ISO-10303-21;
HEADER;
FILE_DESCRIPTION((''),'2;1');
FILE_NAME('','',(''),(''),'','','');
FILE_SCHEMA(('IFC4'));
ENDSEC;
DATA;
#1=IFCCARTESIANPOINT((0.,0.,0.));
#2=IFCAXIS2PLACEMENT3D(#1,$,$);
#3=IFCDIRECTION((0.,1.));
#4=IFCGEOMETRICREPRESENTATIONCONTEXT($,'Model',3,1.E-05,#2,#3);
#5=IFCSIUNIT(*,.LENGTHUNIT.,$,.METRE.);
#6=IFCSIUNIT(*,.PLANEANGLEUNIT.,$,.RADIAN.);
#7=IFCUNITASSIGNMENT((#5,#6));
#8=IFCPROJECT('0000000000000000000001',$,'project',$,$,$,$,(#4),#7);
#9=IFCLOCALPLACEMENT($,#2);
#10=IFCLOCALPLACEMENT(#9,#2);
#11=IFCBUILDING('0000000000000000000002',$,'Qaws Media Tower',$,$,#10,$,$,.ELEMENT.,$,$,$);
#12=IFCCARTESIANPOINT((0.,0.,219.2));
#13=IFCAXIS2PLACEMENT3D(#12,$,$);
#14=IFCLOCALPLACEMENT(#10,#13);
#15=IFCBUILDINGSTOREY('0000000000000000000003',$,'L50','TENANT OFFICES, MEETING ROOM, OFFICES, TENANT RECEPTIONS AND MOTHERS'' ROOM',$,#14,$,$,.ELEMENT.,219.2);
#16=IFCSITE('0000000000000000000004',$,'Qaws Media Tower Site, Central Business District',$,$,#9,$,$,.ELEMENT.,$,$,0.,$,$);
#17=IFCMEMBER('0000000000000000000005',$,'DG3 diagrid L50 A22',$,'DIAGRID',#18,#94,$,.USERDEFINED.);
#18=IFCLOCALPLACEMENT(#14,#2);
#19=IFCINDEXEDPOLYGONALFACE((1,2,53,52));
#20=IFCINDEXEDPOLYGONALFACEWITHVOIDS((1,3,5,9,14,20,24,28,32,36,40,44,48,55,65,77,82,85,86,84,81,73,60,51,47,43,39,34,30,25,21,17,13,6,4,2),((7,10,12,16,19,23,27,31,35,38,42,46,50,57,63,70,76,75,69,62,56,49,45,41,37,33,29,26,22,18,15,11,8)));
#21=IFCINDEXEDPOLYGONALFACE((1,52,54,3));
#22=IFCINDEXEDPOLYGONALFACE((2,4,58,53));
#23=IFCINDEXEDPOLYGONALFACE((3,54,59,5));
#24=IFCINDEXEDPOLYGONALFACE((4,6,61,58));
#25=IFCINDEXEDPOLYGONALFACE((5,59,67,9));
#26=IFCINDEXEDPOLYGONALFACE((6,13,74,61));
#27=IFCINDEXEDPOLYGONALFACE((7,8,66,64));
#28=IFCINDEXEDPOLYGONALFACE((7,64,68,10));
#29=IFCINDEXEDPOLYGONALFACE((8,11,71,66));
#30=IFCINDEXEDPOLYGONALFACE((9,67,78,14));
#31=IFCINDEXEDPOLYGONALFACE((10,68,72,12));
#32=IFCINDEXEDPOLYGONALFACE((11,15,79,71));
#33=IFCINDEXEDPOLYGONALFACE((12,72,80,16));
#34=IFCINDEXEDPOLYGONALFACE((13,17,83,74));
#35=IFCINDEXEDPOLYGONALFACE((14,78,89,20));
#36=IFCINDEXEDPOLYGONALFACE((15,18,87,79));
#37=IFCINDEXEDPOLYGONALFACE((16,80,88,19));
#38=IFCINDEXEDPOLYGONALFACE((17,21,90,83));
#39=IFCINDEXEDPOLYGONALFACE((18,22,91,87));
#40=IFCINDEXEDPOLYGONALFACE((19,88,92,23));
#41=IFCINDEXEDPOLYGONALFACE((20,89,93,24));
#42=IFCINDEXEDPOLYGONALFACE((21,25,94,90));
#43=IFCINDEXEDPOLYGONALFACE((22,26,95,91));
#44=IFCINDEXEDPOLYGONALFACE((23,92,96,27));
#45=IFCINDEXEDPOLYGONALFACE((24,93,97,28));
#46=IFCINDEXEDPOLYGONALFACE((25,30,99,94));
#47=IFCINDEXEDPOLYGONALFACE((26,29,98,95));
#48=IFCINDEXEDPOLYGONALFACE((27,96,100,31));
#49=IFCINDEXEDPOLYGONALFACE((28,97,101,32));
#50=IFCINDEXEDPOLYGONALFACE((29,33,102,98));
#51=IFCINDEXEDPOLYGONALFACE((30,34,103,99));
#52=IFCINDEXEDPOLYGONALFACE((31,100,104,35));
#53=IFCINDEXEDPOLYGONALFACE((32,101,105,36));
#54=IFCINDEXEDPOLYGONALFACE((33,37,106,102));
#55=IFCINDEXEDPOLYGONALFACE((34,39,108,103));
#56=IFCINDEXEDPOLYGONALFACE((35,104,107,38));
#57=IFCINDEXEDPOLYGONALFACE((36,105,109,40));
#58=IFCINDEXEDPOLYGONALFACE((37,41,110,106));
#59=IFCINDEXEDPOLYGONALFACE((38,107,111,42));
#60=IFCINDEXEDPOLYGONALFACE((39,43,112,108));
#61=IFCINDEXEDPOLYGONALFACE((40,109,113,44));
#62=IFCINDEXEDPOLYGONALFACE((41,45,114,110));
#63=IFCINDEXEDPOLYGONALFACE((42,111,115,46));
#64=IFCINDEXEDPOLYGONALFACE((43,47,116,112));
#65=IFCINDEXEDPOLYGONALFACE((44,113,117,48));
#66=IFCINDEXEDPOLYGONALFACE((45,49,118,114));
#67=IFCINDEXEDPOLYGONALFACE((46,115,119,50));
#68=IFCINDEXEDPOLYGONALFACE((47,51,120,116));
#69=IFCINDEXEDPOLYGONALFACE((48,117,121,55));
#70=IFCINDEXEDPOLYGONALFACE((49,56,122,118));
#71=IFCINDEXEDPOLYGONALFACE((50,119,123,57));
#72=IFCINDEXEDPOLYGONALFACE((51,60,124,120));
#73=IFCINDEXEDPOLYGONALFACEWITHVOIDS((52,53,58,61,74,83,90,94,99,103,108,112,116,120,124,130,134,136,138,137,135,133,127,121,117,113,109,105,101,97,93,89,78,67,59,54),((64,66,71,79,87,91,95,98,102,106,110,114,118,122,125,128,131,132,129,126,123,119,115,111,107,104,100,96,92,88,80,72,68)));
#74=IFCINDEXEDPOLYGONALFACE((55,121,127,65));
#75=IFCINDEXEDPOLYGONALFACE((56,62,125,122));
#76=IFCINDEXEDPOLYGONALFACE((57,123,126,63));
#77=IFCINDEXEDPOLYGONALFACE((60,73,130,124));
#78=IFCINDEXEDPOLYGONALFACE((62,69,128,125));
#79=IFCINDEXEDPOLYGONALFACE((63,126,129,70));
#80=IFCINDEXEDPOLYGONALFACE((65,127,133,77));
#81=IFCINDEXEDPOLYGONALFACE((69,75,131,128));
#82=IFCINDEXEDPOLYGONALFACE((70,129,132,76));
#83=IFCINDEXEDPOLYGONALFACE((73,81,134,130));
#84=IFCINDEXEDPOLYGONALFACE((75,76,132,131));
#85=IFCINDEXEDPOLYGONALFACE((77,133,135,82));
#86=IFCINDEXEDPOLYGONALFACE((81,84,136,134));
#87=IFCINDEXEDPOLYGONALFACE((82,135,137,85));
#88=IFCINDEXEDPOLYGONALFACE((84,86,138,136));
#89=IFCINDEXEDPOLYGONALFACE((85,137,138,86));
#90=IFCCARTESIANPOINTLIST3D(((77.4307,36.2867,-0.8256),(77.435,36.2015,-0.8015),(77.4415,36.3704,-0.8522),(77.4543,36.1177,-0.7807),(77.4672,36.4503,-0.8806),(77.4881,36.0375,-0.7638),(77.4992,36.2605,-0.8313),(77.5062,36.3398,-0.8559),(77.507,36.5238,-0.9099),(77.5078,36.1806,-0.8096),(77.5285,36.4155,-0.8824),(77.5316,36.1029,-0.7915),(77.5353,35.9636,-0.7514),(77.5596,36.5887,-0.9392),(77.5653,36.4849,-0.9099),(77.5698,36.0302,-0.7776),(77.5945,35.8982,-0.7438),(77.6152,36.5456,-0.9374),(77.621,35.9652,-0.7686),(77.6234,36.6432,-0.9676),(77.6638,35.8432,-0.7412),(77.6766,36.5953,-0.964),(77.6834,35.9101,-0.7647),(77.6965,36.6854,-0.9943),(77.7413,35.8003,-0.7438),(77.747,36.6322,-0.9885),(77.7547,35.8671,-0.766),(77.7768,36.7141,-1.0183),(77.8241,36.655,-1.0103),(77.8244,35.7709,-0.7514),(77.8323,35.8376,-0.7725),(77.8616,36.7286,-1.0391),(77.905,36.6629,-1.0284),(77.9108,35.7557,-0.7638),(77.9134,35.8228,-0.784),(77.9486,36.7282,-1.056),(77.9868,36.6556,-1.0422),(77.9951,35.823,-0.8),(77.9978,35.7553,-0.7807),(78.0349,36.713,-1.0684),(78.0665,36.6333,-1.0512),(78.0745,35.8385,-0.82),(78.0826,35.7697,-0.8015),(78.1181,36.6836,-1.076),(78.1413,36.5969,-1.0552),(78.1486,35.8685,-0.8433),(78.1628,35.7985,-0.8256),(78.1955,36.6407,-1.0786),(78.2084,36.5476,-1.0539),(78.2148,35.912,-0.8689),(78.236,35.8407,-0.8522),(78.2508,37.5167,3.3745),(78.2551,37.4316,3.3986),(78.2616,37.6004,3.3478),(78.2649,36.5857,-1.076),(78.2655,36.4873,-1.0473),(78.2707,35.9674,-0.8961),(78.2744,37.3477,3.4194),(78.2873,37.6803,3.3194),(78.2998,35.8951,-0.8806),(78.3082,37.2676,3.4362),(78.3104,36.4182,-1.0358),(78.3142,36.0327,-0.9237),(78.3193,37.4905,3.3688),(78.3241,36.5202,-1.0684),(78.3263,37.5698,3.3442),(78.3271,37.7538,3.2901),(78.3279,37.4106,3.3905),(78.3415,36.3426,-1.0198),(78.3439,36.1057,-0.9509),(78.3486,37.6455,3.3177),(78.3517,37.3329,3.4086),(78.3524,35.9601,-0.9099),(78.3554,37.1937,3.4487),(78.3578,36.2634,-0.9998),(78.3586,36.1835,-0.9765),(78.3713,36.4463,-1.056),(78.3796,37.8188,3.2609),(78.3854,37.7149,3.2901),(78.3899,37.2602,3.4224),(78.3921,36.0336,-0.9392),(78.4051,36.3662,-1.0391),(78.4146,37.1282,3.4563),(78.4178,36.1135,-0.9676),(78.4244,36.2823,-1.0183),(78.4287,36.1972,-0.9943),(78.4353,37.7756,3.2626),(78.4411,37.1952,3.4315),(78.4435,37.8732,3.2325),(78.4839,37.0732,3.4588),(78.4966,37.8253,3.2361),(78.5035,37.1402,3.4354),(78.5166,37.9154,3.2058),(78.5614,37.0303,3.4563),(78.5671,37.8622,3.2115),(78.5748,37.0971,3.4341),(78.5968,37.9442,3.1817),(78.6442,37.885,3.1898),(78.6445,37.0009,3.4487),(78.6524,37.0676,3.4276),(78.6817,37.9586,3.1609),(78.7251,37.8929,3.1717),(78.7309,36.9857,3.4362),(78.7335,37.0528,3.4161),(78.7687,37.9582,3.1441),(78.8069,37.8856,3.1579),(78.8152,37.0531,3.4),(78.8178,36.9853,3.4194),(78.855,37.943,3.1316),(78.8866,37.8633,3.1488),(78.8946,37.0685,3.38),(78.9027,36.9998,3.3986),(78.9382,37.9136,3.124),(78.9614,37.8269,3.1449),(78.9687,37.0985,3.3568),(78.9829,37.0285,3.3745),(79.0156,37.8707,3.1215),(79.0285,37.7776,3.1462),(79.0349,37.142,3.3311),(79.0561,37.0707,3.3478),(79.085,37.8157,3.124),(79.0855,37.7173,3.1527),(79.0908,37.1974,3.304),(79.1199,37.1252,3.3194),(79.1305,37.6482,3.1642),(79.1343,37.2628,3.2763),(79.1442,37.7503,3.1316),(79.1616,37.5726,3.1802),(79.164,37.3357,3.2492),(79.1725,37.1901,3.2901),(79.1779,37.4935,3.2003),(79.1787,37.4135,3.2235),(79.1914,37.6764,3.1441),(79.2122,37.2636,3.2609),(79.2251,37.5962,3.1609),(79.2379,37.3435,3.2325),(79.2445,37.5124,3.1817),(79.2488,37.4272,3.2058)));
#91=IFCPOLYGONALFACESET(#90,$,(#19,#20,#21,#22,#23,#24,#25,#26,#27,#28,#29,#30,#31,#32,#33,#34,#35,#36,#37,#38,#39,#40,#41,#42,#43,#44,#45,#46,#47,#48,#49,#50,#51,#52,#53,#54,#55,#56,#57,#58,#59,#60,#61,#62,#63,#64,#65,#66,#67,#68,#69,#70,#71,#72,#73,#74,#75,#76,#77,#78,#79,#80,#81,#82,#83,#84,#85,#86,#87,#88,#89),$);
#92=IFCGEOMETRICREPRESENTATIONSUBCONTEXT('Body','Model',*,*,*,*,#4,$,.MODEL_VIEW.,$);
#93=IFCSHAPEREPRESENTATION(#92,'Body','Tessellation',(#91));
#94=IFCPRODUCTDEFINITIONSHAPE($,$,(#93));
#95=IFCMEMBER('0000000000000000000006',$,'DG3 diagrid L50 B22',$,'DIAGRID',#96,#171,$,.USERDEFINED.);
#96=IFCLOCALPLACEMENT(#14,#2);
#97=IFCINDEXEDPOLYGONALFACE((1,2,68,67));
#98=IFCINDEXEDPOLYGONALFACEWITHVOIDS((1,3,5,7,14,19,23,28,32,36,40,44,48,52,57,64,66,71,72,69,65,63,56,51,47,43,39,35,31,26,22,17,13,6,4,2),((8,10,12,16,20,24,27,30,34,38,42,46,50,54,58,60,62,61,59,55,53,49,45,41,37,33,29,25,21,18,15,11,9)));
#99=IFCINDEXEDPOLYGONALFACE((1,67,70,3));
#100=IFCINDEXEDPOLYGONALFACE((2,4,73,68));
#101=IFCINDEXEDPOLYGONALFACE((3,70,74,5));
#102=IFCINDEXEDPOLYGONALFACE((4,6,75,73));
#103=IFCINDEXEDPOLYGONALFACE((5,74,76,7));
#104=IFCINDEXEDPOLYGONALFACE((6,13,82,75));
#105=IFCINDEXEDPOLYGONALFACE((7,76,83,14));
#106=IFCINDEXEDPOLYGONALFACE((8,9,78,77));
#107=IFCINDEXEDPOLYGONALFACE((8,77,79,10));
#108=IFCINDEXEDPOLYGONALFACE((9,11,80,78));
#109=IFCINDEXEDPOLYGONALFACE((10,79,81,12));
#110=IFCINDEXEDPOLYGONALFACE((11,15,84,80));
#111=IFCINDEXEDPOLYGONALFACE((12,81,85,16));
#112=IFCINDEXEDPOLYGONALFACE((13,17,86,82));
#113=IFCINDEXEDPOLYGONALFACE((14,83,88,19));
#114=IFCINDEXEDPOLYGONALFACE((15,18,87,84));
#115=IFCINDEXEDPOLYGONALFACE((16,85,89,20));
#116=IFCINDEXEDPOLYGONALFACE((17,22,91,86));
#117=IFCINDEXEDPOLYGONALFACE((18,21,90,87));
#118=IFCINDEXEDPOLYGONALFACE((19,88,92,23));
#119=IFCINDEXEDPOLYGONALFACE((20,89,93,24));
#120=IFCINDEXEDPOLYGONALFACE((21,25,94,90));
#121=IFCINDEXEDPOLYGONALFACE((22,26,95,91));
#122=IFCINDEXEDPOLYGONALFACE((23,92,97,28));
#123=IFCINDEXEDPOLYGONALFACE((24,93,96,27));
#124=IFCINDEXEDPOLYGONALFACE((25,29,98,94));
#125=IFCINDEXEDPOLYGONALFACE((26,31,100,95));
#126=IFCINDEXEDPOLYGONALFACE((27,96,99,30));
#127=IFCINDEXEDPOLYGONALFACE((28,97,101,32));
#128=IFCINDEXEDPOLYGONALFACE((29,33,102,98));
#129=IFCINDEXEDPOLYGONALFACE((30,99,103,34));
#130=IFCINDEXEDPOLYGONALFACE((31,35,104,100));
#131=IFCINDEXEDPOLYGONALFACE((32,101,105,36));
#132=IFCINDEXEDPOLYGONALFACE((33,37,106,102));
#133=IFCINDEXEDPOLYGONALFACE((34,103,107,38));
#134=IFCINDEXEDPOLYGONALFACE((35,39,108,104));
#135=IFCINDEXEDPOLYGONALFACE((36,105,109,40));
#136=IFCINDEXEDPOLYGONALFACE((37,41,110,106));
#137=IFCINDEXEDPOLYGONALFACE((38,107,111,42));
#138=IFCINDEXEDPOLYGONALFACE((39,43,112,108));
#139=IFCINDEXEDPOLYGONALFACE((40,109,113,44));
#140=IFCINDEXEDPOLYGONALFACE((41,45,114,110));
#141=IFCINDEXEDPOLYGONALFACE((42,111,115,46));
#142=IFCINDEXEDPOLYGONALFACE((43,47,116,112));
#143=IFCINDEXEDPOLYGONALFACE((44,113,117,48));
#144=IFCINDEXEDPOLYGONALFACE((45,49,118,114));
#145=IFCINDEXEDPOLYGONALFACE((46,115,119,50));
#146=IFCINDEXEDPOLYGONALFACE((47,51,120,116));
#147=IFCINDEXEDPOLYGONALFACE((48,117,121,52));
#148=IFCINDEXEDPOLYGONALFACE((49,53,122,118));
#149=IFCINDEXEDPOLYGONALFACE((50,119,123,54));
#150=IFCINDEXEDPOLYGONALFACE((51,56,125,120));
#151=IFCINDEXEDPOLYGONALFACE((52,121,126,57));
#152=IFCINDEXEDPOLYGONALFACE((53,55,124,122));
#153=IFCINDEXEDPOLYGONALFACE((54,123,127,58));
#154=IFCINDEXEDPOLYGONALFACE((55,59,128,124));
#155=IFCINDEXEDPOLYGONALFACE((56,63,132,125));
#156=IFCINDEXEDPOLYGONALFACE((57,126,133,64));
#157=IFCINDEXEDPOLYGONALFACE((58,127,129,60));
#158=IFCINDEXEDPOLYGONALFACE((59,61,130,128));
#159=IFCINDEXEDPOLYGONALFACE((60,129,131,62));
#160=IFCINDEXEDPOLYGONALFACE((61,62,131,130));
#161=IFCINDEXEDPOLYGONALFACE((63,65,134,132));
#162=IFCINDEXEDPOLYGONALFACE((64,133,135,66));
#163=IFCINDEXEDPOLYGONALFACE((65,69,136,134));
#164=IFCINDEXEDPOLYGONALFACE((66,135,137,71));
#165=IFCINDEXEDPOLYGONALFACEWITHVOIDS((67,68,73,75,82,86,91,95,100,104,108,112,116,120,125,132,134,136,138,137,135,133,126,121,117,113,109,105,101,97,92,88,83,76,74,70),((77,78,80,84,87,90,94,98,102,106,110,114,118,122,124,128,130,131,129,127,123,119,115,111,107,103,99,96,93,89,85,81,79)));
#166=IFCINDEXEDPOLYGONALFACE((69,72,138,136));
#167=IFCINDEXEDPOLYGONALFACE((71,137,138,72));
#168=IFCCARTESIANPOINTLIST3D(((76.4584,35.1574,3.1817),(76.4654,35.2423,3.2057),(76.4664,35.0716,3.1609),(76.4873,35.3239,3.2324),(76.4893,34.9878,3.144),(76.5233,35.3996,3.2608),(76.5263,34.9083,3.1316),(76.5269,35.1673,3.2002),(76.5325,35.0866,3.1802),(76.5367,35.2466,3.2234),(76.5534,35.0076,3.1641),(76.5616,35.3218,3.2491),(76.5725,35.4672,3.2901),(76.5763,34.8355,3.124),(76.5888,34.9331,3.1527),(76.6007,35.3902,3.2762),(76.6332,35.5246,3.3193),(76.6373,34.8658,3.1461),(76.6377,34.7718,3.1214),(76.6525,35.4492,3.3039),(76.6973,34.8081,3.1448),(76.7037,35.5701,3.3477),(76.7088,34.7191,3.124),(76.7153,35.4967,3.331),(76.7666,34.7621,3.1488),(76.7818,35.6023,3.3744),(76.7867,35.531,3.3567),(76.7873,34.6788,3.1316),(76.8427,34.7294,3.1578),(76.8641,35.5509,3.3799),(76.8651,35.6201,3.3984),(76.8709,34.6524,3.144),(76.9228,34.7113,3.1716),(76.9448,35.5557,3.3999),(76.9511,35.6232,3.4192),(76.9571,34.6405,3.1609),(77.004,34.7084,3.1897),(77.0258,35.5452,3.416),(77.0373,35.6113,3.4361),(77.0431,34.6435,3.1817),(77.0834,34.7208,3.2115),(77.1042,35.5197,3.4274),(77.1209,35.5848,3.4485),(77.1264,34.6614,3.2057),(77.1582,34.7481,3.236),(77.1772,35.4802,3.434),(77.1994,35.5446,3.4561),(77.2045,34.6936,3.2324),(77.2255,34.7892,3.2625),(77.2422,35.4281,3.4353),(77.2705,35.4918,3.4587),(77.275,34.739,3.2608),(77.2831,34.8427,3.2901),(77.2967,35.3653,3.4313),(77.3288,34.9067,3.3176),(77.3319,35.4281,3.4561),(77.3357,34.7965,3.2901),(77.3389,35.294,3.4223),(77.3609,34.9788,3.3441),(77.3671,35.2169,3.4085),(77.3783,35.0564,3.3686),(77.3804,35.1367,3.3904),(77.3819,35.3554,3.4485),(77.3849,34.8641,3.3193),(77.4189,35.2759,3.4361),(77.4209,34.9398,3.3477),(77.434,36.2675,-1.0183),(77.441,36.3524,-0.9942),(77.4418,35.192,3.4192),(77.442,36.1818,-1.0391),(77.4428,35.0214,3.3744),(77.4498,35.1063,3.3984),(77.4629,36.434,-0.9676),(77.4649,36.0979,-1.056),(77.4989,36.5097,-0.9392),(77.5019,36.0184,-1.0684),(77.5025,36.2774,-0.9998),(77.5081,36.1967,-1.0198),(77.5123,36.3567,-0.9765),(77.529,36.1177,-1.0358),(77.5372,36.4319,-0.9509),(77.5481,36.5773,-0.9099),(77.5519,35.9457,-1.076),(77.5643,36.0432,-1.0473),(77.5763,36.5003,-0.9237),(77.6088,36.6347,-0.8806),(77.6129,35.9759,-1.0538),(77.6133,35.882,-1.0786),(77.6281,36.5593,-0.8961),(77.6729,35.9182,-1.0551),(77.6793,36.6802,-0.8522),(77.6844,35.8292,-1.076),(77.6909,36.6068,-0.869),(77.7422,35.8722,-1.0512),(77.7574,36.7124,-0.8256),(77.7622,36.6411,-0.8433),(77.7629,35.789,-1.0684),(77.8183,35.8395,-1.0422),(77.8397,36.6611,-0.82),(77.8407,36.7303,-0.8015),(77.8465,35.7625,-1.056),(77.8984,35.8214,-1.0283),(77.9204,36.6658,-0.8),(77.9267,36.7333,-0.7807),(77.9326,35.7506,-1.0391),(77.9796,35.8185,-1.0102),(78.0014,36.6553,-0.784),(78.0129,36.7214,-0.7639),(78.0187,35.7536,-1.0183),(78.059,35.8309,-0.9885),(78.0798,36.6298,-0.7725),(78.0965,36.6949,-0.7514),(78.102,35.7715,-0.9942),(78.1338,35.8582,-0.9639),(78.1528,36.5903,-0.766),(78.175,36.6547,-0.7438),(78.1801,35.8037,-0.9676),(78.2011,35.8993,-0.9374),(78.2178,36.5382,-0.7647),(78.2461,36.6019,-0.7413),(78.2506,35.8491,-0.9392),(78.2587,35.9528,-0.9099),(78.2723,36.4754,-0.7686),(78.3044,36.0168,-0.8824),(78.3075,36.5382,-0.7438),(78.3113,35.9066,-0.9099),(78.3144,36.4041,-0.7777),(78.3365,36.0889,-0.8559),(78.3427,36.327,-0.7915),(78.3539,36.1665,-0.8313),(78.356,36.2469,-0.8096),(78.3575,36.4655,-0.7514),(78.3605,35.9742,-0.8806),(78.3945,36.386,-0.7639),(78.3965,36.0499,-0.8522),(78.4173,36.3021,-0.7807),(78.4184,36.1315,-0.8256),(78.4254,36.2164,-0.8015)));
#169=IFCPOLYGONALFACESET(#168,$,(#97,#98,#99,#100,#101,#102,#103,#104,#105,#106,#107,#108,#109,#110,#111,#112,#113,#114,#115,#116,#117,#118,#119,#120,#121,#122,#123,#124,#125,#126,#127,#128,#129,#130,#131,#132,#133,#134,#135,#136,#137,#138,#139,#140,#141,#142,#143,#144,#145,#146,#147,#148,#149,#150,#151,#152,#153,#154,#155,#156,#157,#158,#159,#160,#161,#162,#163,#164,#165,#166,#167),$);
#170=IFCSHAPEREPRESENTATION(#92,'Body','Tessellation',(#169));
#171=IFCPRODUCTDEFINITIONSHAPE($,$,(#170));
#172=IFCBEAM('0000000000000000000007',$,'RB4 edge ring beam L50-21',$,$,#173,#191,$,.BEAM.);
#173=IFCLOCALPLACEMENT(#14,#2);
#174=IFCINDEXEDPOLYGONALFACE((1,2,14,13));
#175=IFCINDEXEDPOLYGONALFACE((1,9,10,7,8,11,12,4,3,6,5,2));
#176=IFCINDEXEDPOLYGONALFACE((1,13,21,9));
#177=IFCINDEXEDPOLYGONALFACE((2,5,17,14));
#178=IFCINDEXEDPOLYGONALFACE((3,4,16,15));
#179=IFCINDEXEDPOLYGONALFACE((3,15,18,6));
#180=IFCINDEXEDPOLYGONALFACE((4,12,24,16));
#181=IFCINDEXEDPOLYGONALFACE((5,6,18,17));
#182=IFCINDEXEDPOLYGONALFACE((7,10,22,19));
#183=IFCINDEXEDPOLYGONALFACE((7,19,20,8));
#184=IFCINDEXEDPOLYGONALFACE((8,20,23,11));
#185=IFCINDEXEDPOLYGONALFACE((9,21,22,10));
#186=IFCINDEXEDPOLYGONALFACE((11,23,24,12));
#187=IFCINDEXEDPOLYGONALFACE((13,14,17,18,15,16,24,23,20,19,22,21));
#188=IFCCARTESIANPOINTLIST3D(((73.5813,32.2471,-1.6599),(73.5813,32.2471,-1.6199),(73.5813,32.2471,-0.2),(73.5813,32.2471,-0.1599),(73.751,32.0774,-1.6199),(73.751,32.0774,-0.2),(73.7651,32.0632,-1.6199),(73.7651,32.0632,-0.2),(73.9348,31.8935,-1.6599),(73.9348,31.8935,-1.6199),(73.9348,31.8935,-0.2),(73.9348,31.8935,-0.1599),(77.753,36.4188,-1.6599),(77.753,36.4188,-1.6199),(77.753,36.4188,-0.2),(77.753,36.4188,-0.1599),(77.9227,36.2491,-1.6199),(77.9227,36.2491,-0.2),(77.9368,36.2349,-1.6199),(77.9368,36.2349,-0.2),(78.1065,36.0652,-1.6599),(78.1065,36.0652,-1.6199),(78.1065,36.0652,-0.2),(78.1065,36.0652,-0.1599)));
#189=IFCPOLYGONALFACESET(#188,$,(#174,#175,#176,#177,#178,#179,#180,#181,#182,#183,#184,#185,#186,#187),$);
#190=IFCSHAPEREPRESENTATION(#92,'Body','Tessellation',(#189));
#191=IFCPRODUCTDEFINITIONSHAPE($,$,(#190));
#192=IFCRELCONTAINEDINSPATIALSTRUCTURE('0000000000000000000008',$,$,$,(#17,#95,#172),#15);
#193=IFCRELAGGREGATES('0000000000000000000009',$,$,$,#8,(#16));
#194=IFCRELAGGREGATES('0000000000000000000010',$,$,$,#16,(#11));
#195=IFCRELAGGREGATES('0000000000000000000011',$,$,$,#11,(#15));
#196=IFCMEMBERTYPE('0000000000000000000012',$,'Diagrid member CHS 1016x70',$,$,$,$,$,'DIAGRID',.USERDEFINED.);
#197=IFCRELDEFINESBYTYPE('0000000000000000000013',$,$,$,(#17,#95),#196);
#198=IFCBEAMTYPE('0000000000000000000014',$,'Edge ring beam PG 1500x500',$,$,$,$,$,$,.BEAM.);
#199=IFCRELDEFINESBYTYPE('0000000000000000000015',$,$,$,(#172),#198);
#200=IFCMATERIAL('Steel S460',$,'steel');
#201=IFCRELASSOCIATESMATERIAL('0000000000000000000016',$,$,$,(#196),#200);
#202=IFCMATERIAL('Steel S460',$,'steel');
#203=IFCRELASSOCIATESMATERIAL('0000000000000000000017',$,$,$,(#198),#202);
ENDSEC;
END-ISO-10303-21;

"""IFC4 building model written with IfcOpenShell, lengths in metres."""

from ifc_helpers import new_model, si_unit, direction, frame, origin, origin_2d, place, context, subcontext, project, spatial, hollow_circle, i_section, extrude, material, material_profile, profile_set, type_object, element, save


model = new_model("IFC4")

# Units and contexts
model_context = context("Model", 3, precision=1e-05, world=origin(), true_north=direction((0.0, 1.0)))
body_context = subcontext(model_context, "Body", "Model", "MODEL_VIEW")
ifc_project = project(units=[si_unit("LENGTHUNIT", "METRE"), si_unit("PLANEANGLEUNIT", "RADIAN")], contexts=[model_context])

# Site, building, storey
site_placement = place(None, origin())
site = spatial("IfcSite", under=ifc_project, at=site_placement, Name="Qaws Media Tower Site, Central Business District", CompositionType="ELEMENT", RefElevation=0.0)
building_placement = place(site_placement, origin())
building = spatial("IfcBuilding", under=site, at=building_placement, Name="Qaws Media Tower", CompositionType="ELEMENT")
storey_placement = place(building_placement, frame((0.0, 0.0, 219.2)))
storey = spatial("IfcBuildingStorey", under=building, at=storey_placement, Name="L50", Description="TENANT OFFICES, MEETING ROOM, OFFICES, TENANT RECEPTIONS AND MOTHERS' ROOM", CompositionType="ELEMENT", Elevation=219.2)

# Members
ifc_material_1 = material(Name="Steel S460", Category="steel")
ifc_material_profile_1 = material_profile(ifc_material_1, hollow_circle(Radius=0.5081, WallThickness=0.0701, at=origin_2d()), Name="CHS 1016x70")
ifc_profile_set_1 = profile_set([ifc_material_profile_1], Name="Steel S460")
member_type_1 = type_object("IfcMemberType", Name="Diagrid member CHS 1016x70", ElementType="DIAGRID", PredefinedType="USERDEFINED", material=ifc_profile_set_1)
for number, where, z_axis, x_axis, name in (
    (1, (77.9297, 36.2419, -0.9099), (0.184181, 0.276244, 0.943275), (-0.832025, 0.554738, 0.0), "DG3 diagrid L50 A22"),
):
    element("IfcMember", number, at=place(storey_placement, frame(where, z_axis=z_axis, x_axis=x_axis)), inside=storey, type_object=member_type_1, Name=name, ObjectType="DIAGRID", PredefinedType="USERDEFINED", context=body_context, shape_type="SweptSolid", body=[
        extrude(hollow_circle(Radius=0.5081, WallThickness=0.0701, at=origin_2d()), origin(), (0.0, 0.0, 1.0), 4.4526),
    ])
member_1_placement = place(storey_placement, frame((77.9297, 36.2419, -0.9099), z_axis=(-0.219116, -0.249329, 0.943305), x_axis=(0.751152, -0.660129, 0.0)))
element("IfcMember", 2, at=member_1_placement, inside=storey, type_object=member_type_1, Name="DG3 diagrid L50 B22", ObjectType="DIAGRID", PredefinedType="USERDEFINED", context=body_context, shape_type="SweptSolid", body=[
    extrude(hollow_circle(Radius=0.5081, WallThickness=0.0701, at=origin_2d()), origin(), (0.0, 0.0, 1.0), 4.4524),
])

# Beam
ifc_material_2 = material(Name="Steel S460", Category="steel")
ifc_material_profile_2 = material_profile(ifc_material_2, i_section(OverallWidth=0.5, OverallDepth=1.5, WebThickness=0.02, FlangeThickness=0.04, at=origin_2d()), Name="PG 1500x500")
ifc_profile_set_2 = profile_set([ifc_material_profile_2], Name="Steel S460")
beam_type = type_object("IfcBeamType", Name="Edge ring beam PG 1500x500", PredefinedType="BEAM", material=ifc_profile_set_2)
beam_1_placement = place(storey_placement, frame((73.7581, 32.0703, -0.9099), z_axis=(0.707107, 0.707107, 0.0), x_axis=(-0.707107, 0.707107, 0.0)))
element("IfcBeam", 3, at=beam_1_placement, inside=storey, type_object=beam_type, Name="RB4 edge ring beam L50-21", PredefinedType="BEAM", context=body_context, shape_type="SweptSolid", body=[
    extrude(i_section(OverallWidth=0.5, OverallDepth=1.5, WebThickness=0.02, FlangeThickness=0.04, at=origin_2d()), origin(), (0.0, 0.0, 1.0), 5.8997),
])

save(model, "model.ifc")
